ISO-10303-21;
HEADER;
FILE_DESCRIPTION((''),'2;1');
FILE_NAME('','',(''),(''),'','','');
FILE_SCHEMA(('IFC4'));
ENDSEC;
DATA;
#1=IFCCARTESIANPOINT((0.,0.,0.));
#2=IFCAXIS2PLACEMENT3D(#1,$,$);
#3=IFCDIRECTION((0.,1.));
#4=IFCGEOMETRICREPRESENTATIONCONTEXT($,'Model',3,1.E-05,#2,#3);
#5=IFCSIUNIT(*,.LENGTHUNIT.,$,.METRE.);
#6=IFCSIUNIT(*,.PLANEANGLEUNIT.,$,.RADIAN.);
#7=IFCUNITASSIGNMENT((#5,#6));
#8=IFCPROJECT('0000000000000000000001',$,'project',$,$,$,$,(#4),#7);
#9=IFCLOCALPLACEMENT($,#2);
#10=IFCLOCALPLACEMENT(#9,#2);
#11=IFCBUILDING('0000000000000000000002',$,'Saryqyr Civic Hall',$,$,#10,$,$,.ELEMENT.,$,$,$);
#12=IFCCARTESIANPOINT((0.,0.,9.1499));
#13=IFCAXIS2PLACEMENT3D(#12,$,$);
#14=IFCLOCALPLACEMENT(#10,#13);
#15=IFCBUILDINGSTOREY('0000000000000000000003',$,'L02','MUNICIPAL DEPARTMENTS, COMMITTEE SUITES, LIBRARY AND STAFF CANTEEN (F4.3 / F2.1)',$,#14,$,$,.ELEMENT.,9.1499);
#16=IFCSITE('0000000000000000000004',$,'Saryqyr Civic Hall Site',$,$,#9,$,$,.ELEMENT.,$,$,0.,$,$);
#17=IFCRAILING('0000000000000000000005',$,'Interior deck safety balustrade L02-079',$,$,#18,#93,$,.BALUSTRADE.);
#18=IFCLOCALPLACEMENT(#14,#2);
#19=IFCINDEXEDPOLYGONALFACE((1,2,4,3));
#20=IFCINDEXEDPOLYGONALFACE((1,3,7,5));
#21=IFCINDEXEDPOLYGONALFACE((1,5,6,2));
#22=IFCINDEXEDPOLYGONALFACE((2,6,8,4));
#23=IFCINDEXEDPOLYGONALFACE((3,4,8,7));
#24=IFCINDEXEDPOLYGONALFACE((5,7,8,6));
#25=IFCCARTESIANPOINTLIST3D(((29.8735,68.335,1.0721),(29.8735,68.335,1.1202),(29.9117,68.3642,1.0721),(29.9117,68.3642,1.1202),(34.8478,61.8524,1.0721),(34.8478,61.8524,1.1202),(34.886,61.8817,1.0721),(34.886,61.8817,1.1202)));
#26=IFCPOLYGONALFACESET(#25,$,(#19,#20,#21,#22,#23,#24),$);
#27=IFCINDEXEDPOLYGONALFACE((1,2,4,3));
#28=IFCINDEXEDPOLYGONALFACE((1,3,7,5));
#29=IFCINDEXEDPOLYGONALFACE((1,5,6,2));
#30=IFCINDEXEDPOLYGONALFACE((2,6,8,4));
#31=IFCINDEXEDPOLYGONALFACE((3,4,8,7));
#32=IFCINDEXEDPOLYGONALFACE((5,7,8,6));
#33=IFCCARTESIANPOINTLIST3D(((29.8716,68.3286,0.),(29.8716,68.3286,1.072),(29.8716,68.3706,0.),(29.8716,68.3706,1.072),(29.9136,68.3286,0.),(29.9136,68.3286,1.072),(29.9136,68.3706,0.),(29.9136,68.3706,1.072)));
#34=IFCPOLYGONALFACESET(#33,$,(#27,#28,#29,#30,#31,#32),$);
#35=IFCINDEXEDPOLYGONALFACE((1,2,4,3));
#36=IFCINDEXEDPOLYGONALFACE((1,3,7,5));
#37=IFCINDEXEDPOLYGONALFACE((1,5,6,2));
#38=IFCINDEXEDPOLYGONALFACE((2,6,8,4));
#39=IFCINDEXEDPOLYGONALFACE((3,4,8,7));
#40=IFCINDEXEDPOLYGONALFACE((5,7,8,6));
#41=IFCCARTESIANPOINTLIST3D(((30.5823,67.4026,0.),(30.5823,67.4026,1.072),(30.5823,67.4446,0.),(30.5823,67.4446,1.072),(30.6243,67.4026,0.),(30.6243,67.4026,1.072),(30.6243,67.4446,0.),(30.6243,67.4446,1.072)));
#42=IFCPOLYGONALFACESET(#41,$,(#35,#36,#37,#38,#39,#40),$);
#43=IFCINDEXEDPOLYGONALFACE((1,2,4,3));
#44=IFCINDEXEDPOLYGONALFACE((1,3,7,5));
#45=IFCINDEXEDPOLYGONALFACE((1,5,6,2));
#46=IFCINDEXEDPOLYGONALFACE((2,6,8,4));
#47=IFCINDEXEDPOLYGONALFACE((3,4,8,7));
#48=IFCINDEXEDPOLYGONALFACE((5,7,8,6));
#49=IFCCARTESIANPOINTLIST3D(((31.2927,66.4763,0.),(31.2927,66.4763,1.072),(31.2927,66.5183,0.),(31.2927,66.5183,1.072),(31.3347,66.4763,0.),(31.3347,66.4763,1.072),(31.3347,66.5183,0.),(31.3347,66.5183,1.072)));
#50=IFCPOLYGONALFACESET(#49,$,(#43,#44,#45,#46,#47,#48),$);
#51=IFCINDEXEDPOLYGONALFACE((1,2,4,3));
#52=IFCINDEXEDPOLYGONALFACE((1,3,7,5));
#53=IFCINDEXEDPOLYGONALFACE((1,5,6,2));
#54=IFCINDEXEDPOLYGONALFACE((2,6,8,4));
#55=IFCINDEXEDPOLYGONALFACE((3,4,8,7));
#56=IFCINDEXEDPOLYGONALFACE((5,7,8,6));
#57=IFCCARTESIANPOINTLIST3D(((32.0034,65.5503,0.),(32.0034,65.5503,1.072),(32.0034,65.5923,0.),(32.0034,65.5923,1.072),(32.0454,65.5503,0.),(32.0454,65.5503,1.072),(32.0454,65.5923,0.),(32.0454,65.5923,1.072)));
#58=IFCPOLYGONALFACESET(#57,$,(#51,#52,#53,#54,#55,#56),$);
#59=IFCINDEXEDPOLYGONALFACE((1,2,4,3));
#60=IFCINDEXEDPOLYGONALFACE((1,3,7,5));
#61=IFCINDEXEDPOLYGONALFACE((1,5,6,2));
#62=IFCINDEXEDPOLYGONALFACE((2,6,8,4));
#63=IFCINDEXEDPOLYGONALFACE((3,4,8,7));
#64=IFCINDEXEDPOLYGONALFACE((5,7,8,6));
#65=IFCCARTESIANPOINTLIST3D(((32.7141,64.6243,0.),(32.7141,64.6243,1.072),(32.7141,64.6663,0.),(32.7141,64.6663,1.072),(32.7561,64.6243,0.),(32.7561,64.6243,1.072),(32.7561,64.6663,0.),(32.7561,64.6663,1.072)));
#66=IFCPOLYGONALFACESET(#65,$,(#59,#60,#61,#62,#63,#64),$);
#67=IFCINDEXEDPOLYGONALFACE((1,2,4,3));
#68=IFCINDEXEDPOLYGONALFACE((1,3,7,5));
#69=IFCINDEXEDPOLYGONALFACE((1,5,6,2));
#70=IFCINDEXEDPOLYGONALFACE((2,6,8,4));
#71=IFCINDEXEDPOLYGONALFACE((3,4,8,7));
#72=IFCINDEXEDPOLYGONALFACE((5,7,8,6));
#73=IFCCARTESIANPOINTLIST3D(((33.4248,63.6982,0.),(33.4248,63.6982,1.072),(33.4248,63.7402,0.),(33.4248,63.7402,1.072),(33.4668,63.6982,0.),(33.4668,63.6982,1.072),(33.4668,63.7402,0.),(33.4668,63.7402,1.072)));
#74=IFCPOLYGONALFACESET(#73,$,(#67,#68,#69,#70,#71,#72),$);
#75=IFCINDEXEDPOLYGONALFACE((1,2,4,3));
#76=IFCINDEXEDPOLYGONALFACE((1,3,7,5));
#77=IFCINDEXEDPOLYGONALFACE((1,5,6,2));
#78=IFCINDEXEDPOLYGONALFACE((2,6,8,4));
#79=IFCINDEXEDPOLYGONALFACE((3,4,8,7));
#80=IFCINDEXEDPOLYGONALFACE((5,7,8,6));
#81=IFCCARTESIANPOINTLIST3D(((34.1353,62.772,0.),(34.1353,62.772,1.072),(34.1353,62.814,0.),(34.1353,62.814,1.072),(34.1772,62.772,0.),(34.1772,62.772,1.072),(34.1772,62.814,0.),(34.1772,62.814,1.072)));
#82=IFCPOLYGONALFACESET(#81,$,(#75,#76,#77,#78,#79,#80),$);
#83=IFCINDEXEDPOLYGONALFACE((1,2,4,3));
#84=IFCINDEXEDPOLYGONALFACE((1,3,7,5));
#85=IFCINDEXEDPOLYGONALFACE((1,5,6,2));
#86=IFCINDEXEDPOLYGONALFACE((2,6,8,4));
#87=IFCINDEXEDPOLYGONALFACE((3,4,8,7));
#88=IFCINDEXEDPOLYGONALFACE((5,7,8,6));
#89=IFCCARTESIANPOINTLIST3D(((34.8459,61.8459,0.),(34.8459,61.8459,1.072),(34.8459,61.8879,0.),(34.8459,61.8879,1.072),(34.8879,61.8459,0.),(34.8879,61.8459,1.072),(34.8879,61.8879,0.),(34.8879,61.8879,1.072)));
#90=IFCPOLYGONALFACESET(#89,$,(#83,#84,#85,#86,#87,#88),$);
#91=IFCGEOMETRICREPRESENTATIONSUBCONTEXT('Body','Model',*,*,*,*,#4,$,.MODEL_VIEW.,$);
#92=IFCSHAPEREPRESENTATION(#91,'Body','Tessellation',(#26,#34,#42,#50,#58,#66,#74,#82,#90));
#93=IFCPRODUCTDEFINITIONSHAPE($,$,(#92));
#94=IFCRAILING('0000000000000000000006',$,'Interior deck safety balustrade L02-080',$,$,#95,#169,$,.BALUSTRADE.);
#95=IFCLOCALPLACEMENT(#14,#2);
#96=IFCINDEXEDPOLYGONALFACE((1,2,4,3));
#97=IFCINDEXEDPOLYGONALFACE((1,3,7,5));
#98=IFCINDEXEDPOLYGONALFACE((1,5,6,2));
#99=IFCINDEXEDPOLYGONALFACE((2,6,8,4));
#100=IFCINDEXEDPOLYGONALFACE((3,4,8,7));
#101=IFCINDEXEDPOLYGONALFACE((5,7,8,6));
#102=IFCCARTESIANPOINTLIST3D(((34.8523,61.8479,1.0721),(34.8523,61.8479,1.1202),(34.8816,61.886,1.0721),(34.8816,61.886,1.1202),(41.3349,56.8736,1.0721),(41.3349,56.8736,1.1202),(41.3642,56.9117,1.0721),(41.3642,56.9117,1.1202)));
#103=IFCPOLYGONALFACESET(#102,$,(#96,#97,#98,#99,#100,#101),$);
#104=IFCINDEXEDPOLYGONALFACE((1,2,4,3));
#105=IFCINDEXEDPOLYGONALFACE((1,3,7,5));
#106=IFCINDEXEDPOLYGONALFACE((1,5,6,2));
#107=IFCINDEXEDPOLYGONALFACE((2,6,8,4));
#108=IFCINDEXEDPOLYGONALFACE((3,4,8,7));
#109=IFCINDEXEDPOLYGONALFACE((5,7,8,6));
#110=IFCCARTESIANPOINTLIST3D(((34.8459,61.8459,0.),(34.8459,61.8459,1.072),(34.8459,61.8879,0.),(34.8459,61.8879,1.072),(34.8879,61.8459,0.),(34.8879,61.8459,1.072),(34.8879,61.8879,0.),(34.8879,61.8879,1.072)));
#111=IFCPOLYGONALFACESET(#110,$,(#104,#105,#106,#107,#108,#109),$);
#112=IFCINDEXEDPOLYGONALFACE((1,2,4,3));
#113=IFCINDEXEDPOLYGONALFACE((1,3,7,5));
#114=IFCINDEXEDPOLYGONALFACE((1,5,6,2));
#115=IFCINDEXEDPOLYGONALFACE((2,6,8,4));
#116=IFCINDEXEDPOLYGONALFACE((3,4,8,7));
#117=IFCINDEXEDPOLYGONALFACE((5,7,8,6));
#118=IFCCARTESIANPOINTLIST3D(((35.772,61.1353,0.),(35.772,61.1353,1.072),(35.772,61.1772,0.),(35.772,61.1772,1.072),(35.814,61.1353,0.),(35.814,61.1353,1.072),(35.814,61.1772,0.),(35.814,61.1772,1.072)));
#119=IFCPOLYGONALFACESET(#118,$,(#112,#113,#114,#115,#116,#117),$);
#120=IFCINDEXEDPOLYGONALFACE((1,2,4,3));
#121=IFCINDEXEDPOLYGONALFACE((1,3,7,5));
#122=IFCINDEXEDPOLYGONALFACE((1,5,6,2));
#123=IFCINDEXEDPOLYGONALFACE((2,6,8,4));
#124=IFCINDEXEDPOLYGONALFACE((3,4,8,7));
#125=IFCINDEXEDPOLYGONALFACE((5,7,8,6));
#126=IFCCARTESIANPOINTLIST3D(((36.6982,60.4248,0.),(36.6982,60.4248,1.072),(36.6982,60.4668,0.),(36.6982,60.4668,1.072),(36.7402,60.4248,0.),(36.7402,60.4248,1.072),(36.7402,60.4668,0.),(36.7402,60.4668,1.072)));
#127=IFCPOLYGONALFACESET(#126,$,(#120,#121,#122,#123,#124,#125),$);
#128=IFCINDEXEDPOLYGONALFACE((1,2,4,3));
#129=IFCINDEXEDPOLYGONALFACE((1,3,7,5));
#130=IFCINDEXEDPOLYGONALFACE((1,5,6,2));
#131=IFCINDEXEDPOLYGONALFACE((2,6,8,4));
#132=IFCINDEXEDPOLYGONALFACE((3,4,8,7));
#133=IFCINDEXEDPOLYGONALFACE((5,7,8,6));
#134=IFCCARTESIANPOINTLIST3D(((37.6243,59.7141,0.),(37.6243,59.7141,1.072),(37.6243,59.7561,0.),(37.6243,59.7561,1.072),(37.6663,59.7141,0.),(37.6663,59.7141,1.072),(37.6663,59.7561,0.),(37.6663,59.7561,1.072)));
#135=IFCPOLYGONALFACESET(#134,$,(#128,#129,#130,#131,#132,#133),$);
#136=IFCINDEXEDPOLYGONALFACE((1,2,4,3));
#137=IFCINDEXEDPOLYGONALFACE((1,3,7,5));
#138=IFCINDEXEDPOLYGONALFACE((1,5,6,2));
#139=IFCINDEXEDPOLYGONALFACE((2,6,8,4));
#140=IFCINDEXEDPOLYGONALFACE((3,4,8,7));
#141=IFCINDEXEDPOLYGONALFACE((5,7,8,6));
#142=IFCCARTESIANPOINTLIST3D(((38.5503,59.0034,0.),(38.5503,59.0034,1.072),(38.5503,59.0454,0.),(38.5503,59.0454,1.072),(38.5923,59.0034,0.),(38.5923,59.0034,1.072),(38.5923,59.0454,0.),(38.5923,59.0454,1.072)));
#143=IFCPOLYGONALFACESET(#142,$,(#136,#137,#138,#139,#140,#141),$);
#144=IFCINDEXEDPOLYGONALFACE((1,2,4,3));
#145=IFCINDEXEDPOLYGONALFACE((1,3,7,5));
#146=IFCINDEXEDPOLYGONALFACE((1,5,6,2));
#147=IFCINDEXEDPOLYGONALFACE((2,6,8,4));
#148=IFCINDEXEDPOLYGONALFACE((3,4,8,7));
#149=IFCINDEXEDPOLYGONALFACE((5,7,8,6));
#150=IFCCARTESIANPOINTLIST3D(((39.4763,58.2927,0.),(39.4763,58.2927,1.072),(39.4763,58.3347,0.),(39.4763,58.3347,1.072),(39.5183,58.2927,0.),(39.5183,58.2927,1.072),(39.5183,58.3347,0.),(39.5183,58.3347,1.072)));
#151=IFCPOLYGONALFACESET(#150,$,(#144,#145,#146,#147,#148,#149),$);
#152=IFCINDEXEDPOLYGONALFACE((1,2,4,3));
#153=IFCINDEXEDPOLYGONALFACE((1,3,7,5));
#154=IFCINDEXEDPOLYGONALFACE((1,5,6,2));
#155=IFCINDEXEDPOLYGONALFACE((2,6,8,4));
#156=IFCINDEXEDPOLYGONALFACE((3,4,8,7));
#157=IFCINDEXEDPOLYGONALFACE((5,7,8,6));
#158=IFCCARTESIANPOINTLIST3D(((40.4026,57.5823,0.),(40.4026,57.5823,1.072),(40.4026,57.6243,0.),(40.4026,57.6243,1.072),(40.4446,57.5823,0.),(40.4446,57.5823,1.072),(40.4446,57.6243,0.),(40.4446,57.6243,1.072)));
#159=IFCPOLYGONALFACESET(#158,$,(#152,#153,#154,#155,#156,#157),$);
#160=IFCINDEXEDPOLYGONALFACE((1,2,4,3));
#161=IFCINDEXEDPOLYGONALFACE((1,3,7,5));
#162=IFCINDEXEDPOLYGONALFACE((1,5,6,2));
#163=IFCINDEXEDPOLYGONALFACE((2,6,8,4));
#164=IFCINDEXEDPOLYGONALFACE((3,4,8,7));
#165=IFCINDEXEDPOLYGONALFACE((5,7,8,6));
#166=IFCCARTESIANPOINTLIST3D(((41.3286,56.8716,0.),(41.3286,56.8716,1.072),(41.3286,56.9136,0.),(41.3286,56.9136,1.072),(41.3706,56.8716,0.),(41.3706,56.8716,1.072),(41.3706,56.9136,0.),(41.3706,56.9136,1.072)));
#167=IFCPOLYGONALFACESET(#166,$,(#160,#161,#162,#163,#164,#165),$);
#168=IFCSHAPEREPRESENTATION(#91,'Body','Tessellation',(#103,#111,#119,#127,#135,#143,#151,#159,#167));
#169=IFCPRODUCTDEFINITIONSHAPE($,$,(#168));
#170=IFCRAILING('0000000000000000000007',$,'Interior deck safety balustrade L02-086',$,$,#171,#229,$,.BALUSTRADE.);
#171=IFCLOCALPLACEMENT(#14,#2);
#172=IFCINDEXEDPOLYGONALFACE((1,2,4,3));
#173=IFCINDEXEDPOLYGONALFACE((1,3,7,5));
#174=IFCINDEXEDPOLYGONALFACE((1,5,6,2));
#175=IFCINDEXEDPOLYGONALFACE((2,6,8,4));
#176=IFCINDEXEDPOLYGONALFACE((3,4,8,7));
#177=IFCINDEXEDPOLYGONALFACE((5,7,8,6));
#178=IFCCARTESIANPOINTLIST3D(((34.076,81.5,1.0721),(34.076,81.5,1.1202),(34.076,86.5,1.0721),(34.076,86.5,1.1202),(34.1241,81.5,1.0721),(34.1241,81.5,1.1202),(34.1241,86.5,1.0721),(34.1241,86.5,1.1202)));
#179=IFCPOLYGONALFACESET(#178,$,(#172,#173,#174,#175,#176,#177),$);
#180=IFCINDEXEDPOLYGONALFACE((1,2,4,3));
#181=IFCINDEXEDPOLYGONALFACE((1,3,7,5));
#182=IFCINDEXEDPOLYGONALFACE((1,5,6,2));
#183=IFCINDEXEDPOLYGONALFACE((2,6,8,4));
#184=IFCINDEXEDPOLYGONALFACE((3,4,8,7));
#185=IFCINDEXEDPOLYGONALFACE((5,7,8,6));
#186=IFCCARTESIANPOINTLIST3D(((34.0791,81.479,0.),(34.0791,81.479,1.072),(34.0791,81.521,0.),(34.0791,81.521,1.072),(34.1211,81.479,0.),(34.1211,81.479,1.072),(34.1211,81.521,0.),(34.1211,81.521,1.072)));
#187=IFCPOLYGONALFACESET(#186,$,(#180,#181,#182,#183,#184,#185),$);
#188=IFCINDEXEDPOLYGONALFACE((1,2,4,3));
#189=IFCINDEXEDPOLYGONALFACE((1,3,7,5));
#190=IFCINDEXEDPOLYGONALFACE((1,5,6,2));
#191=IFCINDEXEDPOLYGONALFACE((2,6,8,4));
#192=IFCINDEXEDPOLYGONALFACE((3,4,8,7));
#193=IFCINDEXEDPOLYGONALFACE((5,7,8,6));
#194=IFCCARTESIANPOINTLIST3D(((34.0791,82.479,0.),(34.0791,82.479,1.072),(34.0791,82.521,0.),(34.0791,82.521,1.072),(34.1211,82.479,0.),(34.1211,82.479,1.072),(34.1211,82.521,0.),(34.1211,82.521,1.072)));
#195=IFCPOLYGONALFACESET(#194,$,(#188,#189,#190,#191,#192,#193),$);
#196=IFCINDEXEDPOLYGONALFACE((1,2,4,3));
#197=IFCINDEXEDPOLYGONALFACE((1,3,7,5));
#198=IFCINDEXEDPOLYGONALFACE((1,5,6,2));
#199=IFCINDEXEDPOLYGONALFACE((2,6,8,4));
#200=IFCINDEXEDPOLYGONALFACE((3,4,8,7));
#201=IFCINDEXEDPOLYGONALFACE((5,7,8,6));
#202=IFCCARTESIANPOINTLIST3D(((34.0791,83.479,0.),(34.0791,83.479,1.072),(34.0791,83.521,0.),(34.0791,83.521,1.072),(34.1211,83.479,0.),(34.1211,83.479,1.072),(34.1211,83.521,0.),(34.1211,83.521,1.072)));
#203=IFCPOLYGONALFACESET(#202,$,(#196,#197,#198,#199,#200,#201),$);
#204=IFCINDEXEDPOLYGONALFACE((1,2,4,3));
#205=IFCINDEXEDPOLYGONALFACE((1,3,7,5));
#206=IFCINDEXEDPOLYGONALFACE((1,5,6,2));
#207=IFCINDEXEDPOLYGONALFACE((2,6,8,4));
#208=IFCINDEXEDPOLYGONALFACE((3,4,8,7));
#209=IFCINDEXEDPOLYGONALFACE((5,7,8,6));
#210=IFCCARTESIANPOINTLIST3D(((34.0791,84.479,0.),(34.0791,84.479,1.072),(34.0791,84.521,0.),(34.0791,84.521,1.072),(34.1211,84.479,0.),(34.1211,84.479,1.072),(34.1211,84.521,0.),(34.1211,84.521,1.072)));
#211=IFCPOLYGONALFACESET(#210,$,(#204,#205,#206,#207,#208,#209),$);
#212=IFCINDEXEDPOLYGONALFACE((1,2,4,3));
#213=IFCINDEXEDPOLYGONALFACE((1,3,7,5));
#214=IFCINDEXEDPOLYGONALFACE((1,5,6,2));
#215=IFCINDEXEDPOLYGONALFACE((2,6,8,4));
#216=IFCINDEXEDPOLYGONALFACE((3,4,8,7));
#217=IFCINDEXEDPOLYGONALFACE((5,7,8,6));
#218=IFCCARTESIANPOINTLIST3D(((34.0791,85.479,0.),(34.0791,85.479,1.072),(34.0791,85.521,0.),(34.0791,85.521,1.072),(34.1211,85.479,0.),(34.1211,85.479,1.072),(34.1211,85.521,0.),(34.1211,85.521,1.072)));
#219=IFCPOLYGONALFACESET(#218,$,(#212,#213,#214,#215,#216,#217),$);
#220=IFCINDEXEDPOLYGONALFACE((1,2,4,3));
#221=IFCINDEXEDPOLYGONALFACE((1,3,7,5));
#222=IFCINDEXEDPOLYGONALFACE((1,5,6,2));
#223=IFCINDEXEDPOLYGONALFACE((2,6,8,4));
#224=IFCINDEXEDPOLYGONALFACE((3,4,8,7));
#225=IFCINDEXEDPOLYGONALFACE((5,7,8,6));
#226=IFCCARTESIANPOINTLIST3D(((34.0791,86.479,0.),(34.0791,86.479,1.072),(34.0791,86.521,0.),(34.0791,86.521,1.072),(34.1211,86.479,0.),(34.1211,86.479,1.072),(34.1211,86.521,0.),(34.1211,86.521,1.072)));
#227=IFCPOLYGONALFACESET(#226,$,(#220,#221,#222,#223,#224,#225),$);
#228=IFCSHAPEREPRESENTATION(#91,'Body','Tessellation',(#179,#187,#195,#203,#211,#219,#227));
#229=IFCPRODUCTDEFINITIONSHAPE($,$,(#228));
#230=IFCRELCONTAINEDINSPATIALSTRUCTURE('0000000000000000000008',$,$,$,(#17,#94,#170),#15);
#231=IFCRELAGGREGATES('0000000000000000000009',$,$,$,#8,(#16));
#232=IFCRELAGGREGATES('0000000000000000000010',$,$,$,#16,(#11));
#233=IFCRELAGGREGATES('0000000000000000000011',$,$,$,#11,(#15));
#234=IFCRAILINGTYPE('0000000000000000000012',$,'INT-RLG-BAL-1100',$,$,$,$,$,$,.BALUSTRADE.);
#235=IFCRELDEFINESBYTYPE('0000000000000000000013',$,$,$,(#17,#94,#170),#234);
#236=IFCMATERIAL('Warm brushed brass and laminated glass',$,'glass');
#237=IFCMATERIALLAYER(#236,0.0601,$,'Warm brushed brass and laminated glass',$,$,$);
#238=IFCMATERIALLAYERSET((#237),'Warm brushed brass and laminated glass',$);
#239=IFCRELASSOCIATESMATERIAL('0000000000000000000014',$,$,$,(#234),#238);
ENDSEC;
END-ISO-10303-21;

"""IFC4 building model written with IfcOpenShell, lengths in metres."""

from ifc_helpers import new_model, si_unit, direction, frame, origin, origin_2d, place, context, subcontext, project, spatial, rectangle, extrude, material, layer, layer_set, type_object, element, save


model = new_model("IFC4")

# Units and contexts
model_context = context("Model", 3, precision=1e-05, world=origin(), true_north=direction((0.0, 1.0)))
body_context = subcontext(model_context, "Body", "Model", "MODEL_VIEW")
ifc_project = project(units=[si_unit("LENGTHUNIT", "METRE"), si_unit("PLANEANGLEUNIT", "RADIAN")], contexts=[model_context])

# Site, building, storey
site_placement = place(None, origin())
site = spatial("IfcSite", under=ifc_project, at=site_placement, Name="Saryqyr Civic Hall Site", CompositionType="ELEMENT", RefElevation=0.0)
building_placement = place(site_placement, origin())
building = spatial("IfcBuilding", under=site, at=building_placement, Name="Saryqyr Civic Hall", CompositionType="ELEMENT")
storey_placement = place(building_placement, frame((0.0, 0.0, 9.1499)))
storey = spatial("IfcBuildingStorey", under=building, at=storey_placement, Name="L02", Description="MUNICIPAL DEPARTMENTS, COMMITTEE SUITES, LIBRARY AND STAFF CANTEEN (F4.3 / F2.1)", CompositionType="ELEMENT", Elevation=9.1499)

# Railings
ifc_material_1 = material(Name="Warm brushed brass and laminated glass", Category="glass")
ifc_layer_1 = layer(ifc_material_1, 0.0601, Name="Warm brushed brass and laminated glass")
ifc_layer_set_1 = layer_set([ifc_layer_1], Name="Warm brushed brass and laminated glass")
railing_type_1 = type_object("IfcRailingType", Name="INT-RLG-BAL-1100", PredefinedType="BALUSTRADE", material=ifc_layer_set_1)
railing_1_placement = place(storey_placement, frame((29.8926, 68.3496, 0.0)))
element("IfcRailing", 1, at=railing_1_placement, inside=storey, type_object=railing_type_1, Name="Interior deck safety balustrade L02-079", PredefinedType="BALUSTRADE", context=body_context, shape_type="SweptSolid", body=[
    extrude(rectangle(XDim=0.0481, YDim=0.0481, at=origin_2d()), frame((0.0, 0.0, 1.0962), z_axis=(0.608765, -0.793351, 0.0), x_axis=(0.793351, 0.608765, 0.0)), (0.0, 0.0, 1.0), 8.1711),
    extrude(rectangle(XDim=0.042, YDim=0.042, at=origin_2d()), origin(), (0.0, 0.0, 1.0), 1.072),
    extrude(rectangle(XDim=0.042, YDim=0.042, at=origin_2d()), frame((0.7107, -0.926, 0.0)), (0.0, 0.0, 1.0), 1.072),
    extrude(rectangle(XDim=0.042, YDim=0.042, at=origin_2d()), frame((1.4211, -1.8523, 0.0)), (0.0, 0.0, 1.0), 1.072),
    extrude(rectangle(XDim=0.042, YDim=0.042, at=origin_2d()), frame((2.1318, -2.7783, 0.0)), (0.0, 0.0, 1.0), 1.072),
    extrude(rectangle(XDim=0.042, YDim=0.042, at=origin_2d()), frame((2.8425, -3.7043, 0.0)), (0.0, 0.0, 1.0), 1.072),
    extrude(rectangle(XDim=0.042, YDim=0.042, at=origin_2d()), frame((3.5532, -4.6304, 0.0)), (0.0, 0.0, 1.0), 1.072),
    extrude(rectangle(XDim=0.042, YDim=0.042, at=origin_2d()), frame((4.2637, -5.5566, 0.0)), (0.0, 0.0, 1.0), 1.072),
    extrude(rectangle(XDim=0.042, YDim=0.042, at=origin_2d()), frame((4.9744, -6.4827, 0.0)), (0.0, 0.0, 1.0), 1.072),
])
railing_2_placement = place(storey_placement, frame((34.8669, 61.8669, 0.0)))
element("IfcRailing", 2, at=railing_2_placement, inside=storey, type_object=railing_type_1, Name="Interior deck safety balustrade L02-080", PredefinedType="BALUSTRADE", context=body_context, shape_type="SweptSolid", body=[
    extrude(rectangle(XDim=0.0481, YDim=0.0481, at=origin_2d()), frame((0.0, 0.0, 1.0962), z_axis=(0.793351, -0.608765, 0.0), x_axis=(0.608765, 0.793351, 0.0)), (0.0, 0.0, 1.0), 8.1711),
    extrude(rectangle(XDim=0.042, YDim=0.042, at=origin_2d()), origin(), (0.0, 0.0, 1.0), 1.072),
    extrude(rectangle(XDim=0.042, YDim=0.042, at=origin_2d()), frame((0.926, -0.7107, 0.0)), (0.0, 0.0, 1.0), 1.072),
    extrude(rectangle(XDim=0.042, YDim=0.042, at=origin_2d()), frame((1.8523, -1.4211, 0.0)), (0.0, 0.0, 1.0), 1.072),
    extrude(rectangle(XDim=0.042, YDim=0.042, at=origin_2d()), frame((2.7783, -2.1318, 0.0)), (0.0, 0.0, 1.0), 1.072),
    extrude(rectangle(XDim=0.042, YDim=0.042, at=origin_2d()), frame((3.7043, -2.8425, 0.0)), (0.0, 0.0, 1.0), 1.072),
    extrude(rectangle(XDim=0.042, YDim=0.042, at=origin_2d()), frame((4.6304, -3.5532, 0.0)), (0.0, 0.0, 1.0), 1.072),
    extrude(rectangle(XDim=0.042, YDim=0.042, at=origin_2d()), frame((5.5566, -4.2637, 0.0)), (0.0, 0.0, 1.0), 1.072),
    extrude(rectangle(XDim=0.042, YDim=0.042, at=origin_2d()), frame((6.4827, -4.9744, 0.0)), (0.0, 0.0, 1.0), 1.072),
])
railing_3_placement = place(storey_placement, frame((34.1001, 81.5, 0.0)))
element("IfcRailing", 3, at=railing_3_placement, inside=storey, type_object=railing_type_1, Name="Interior deck safety balustrade L02-086", PredefinedType="BALUSTRADE", context=body_context, shape_type="SweptSolid", body=[
    extrude(rectangle(XDim=0.0481, YDim=0.0481, at=origin_2d()), frame((0.0, 0.0, 1.0962), z_axis=(0.0, 1.0, 0.0), x_axis=(-1.0, 0.0, 0.0)), (0.0, 0.0, 1.0), 5.0),
    extrude(rectangle(XDim=0.042, YDim=0.042, at=origin_2d()), origin(), (0.0, 0.0, 1.0), 1.072),
    extrude(rectangle(XDim=0.042, YDim=0.042, at=origin_2d()), frame((0.0, 1.0, 0.0)), (0.0, 0.0, 1.0), 1.072),
    extrude(rectangle(XDim=0.042, YDim=0.042, at=origin_2d()), frame((0.0, 2.0, 0.0)), (0.0, 0.0, 1.0), 1.072),
    extrude(rectangle(XDim=0.042, YDim=0.042, at=origin_2d()), frame((0.0, 3.0, 0.0)), (0.0, 0.0, 1.0), 1.072),
    extrude(rectangle(XDim=0.042, YDim=0.042, at=origin_2d()), frame((0.0, 4.0, 0.0)), (0.0, 0.0, 1.0), 1.072),
    extrude(rectangle(XDim=0.042, YDim=0.042, at=origin_2d()), frame((0.0, 5.0, 0.0)), (0.0, 0.0, 1.0), 1.072),
])

save(model, "model.ifc")
